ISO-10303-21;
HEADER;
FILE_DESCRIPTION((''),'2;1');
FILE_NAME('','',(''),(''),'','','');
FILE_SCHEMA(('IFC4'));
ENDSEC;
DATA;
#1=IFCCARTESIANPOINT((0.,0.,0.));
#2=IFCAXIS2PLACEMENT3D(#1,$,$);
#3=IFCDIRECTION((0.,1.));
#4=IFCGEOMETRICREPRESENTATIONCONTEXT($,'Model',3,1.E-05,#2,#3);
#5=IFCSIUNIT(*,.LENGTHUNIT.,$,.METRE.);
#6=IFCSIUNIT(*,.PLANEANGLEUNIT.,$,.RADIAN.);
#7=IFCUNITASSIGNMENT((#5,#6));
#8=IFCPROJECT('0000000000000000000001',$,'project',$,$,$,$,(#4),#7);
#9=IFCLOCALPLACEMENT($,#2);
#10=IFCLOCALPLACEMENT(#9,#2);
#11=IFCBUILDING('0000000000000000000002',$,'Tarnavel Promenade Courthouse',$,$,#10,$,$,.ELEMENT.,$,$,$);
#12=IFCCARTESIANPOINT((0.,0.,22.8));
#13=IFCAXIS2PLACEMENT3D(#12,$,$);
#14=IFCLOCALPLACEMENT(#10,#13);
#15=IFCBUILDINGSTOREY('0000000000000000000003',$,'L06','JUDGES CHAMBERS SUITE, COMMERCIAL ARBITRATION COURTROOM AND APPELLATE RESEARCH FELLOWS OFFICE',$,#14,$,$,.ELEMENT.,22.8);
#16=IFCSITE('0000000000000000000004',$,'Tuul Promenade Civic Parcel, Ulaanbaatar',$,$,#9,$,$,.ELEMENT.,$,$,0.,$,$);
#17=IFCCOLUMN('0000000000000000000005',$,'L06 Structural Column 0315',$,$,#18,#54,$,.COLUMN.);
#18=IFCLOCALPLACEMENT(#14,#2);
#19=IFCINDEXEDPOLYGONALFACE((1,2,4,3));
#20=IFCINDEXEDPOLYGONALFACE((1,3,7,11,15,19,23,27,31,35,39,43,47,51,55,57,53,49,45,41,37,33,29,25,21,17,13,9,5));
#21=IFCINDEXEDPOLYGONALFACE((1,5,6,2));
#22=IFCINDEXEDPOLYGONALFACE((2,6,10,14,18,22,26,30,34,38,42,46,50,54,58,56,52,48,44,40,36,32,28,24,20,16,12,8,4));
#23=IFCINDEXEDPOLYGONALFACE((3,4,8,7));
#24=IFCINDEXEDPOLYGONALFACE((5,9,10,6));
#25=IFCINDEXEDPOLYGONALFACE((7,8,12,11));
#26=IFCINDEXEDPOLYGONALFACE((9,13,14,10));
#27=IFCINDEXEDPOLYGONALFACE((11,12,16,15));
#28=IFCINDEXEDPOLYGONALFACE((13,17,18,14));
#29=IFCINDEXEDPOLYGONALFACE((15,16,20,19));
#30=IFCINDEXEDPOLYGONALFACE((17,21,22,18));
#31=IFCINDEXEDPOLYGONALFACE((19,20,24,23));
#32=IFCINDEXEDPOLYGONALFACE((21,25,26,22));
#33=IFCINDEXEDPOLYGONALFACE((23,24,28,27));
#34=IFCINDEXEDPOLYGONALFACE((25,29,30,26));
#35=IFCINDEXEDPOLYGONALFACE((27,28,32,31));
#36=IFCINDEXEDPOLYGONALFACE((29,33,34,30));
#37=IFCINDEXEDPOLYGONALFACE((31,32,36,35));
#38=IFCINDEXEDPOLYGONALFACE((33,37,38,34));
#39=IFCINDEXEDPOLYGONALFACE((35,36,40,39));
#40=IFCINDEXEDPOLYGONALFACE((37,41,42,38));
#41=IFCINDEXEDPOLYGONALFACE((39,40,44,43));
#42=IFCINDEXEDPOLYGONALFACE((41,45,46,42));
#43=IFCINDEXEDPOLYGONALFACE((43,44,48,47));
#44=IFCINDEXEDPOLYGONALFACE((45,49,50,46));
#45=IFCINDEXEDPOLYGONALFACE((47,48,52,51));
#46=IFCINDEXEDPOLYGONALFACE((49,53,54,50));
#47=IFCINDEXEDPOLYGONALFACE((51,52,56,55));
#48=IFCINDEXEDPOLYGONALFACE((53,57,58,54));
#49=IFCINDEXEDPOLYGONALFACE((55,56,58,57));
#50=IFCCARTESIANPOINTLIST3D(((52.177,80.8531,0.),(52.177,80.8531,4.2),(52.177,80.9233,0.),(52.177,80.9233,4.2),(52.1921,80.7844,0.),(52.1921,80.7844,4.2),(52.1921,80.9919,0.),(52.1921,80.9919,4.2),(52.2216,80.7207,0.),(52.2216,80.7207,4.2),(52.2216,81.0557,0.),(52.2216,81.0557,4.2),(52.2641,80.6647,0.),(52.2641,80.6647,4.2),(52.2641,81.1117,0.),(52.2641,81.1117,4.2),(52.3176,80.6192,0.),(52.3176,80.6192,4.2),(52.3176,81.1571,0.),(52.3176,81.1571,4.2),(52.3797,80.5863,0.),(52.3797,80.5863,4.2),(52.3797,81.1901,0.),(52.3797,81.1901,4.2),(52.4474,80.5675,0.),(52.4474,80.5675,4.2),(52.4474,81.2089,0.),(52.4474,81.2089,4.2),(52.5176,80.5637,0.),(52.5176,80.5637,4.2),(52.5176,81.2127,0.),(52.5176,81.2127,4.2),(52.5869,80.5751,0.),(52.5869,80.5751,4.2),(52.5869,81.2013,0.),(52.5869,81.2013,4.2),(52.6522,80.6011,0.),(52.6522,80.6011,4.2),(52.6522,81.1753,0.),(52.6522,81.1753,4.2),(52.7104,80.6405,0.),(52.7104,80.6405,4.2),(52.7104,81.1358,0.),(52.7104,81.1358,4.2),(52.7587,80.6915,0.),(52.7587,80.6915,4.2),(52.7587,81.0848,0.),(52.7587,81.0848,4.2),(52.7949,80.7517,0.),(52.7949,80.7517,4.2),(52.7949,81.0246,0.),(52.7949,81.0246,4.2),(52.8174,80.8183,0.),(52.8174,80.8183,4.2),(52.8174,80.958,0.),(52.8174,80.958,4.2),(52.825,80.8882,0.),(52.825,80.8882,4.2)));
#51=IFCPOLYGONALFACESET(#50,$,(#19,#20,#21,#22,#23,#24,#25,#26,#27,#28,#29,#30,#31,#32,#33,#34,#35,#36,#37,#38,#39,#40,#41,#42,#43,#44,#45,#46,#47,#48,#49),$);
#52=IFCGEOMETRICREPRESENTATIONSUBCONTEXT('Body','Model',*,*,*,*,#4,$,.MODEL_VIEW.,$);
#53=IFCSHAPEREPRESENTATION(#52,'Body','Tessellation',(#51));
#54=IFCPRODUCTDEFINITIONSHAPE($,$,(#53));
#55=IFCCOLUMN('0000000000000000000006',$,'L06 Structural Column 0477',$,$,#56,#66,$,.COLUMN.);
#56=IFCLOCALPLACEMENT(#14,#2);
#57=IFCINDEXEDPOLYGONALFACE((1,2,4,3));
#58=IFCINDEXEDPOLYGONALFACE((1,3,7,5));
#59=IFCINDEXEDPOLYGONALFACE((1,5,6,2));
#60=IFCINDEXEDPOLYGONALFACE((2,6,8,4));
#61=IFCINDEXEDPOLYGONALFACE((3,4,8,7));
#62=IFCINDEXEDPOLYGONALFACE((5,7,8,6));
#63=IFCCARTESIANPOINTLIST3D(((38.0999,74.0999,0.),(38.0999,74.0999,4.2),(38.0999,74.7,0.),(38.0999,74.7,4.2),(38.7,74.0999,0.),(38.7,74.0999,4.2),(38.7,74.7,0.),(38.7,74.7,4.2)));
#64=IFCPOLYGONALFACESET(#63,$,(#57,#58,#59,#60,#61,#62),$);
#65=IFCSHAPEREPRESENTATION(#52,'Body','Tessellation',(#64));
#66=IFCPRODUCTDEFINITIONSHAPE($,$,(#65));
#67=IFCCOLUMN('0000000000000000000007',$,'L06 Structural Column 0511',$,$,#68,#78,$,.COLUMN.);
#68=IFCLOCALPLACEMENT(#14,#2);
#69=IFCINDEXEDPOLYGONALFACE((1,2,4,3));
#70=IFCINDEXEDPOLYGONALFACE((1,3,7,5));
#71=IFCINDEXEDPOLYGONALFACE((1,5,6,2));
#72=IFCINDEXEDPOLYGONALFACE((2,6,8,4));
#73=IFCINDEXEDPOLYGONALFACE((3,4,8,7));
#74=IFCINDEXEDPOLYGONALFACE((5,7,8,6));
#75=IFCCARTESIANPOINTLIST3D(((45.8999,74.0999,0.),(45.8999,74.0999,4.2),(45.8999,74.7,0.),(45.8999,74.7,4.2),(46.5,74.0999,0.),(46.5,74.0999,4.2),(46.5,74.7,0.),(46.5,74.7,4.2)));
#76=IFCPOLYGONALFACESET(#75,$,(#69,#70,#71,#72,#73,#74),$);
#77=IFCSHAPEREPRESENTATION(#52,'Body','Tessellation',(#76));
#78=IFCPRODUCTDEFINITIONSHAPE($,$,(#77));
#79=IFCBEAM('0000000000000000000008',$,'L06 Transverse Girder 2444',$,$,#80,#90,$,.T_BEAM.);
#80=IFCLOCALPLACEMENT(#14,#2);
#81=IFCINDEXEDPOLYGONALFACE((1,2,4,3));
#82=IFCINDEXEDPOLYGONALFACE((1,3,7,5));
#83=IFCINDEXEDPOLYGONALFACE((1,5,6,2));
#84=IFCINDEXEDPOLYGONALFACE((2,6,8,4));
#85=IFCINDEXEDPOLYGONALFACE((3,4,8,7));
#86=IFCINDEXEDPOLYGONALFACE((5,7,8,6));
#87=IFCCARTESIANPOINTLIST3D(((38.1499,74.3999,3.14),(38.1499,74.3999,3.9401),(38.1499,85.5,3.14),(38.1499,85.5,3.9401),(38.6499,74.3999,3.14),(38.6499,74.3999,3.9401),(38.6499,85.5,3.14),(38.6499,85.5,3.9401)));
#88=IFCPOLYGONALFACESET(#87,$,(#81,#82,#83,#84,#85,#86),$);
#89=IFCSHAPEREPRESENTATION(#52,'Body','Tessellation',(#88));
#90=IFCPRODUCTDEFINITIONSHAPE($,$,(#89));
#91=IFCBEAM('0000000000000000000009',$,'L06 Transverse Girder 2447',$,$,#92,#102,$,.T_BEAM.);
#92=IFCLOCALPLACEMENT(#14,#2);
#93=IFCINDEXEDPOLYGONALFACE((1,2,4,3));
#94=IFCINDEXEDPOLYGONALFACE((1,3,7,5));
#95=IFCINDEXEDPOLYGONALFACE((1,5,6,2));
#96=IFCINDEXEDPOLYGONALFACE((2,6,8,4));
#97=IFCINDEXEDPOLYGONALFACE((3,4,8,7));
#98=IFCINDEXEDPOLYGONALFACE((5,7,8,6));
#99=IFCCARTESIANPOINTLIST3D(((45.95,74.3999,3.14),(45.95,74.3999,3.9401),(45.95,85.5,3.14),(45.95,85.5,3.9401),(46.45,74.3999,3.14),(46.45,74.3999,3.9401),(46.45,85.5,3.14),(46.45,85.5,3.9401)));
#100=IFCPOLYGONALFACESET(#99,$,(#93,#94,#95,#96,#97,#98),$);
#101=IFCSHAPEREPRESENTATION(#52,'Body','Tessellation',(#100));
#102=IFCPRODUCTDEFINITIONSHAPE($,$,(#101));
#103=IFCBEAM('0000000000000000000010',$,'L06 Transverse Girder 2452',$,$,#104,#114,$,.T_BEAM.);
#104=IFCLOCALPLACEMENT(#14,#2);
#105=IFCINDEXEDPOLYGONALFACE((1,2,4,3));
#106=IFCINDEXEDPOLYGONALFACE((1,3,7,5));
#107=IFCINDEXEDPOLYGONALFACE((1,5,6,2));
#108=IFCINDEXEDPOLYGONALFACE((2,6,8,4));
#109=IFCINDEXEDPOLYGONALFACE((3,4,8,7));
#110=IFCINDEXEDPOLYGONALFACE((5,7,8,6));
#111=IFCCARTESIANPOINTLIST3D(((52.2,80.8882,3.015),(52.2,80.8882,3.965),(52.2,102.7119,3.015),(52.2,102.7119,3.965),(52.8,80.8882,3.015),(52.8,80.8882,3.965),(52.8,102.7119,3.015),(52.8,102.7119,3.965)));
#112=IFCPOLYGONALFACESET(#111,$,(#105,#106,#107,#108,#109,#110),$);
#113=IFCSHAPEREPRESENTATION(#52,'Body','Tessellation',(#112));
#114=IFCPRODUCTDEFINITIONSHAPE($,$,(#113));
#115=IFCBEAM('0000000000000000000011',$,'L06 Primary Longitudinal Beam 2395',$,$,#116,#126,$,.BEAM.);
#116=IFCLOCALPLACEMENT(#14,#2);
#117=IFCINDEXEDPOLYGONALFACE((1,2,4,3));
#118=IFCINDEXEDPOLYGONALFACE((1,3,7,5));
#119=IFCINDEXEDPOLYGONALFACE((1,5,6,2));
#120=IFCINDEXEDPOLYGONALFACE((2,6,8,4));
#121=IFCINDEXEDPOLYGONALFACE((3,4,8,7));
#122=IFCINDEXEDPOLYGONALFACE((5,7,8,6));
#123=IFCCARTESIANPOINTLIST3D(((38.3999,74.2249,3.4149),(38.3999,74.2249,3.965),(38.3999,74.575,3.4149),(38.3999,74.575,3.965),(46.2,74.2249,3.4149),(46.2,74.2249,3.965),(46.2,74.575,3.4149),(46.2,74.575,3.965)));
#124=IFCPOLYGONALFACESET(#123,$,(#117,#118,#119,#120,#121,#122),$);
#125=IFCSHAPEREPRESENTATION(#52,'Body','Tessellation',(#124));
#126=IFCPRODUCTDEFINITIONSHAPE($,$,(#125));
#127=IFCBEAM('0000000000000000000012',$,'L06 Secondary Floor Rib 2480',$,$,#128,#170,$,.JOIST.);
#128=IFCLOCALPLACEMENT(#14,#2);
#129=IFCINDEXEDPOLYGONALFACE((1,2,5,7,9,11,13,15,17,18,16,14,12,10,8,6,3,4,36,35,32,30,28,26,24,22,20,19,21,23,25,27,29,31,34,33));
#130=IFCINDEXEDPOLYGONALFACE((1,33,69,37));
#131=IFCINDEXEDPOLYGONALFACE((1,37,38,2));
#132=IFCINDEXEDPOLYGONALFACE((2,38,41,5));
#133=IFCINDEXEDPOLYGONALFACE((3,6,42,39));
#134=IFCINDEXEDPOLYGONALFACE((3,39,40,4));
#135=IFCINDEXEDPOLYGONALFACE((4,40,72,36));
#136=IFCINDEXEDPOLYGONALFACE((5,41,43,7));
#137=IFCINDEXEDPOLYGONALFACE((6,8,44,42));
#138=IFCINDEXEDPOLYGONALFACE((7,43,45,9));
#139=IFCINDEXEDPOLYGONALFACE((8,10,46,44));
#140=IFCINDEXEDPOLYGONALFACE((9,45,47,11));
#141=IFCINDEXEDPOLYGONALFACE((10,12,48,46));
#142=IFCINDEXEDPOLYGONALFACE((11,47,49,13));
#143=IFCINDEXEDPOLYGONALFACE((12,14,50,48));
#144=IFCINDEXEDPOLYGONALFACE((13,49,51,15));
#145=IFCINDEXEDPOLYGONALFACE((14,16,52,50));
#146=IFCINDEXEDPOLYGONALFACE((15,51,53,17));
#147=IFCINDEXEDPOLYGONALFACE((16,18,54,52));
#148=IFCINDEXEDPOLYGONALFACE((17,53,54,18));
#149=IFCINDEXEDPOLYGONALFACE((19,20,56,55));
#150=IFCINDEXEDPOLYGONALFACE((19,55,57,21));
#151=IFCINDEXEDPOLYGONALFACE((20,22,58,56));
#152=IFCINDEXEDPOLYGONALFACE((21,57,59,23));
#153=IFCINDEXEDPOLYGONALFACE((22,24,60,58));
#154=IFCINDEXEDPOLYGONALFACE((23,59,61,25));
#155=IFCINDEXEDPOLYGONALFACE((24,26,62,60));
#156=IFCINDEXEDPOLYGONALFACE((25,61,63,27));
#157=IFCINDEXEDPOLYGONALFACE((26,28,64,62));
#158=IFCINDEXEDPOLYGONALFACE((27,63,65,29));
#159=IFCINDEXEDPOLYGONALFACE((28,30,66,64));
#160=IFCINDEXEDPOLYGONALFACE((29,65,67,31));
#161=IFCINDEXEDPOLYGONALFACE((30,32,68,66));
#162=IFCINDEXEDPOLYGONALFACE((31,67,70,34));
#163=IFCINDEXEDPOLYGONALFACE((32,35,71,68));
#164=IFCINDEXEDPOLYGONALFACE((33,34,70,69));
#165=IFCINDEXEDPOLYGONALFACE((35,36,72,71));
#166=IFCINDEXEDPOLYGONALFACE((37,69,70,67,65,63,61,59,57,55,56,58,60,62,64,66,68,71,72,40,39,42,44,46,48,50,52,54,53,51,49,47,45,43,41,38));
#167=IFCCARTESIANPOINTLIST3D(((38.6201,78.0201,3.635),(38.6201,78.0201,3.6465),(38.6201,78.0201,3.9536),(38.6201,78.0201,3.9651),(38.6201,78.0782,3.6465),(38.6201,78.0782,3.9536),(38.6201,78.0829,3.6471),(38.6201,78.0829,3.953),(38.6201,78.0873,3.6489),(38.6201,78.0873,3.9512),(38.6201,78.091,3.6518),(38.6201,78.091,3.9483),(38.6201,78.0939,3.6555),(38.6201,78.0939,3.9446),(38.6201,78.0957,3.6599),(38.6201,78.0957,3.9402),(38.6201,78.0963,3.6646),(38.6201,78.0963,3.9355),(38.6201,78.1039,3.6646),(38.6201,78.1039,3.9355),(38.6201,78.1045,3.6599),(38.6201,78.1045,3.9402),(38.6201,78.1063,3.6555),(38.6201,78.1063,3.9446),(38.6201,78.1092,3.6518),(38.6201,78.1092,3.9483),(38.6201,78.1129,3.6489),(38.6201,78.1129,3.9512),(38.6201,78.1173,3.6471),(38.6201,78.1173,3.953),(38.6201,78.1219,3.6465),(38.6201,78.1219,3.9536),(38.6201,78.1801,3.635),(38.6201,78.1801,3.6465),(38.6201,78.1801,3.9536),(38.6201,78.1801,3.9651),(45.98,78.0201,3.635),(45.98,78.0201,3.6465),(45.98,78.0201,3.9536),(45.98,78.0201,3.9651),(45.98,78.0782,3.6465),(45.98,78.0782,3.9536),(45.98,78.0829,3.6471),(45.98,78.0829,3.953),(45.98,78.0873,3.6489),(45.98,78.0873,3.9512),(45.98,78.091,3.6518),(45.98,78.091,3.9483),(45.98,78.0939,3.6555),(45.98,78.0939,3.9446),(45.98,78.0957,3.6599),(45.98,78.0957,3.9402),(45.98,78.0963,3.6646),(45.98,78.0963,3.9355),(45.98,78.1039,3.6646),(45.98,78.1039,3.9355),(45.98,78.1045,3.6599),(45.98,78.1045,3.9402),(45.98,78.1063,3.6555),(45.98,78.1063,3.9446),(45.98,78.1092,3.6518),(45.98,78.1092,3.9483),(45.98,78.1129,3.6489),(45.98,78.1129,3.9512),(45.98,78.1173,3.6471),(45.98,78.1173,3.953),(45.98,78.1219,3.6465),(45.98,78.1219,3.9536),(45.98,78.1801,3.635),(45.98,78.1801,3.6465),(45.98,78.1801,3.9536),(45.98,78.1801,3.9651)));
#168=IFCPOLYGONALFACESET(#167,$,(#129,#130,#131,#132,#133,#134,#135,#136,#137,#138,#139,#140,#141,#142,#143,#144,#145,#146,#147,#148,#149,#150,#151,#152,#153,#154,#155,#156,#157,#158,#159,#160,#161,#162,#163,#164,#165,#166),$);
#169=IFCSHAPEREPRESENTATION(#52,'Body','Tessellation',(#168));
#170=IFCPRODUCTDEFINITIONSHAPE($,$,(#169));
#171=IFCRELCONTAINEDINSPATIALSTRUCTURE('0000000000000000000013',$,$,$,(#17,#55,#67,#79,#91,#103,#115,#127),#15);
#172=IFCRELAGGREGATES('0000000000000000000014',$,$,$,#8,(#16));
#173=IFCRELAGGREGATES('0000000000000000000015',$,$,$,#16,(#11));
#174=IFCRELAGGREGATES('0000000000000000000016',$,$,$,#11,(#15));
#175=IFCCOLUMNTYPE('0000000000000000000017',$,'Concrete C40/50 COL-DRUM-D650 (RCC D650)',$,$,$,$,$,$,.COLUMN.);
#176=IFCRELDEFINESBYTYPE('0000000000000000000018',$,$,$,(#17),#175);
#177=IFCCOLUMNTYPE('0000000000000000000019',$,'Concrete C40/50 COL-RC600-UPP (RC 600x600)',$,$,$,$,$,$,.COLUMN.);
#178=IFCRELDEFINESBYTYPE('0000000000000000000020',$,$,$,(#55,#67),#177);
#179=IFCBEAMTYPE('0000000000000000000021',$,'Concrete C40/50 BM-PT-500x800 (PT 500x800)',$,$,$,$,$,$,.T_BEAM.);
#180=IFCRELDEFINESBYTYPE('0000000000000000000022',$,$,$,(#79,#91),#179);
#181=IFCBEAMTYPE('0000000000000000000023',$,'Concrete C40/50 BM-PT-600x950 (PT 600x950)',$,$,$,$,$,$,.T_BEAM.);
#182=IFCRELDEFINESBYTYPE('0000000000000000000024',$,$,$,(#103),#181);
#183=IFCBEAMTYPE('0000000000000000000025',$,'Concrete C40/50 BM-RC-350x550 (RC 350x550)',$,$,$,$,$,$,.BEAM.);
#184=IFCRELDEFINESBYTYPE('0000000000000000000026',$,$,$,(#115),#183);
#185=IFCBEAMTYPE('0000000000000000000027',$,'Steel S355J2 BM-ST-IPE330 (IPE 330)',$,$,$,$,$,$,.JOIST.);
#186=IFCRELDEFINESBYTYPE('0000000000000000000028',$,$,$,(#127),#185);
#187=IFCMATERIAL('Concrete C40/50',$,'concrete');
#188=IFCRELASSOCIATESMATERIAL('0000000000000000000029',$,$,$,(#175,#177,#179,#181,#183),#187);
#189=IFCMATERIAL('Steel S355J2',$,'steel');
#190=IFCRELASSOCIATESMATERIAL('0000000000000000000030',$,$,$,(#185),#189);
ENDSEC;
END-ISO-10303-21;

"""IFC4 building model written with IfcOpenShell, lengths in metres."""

from ifc_helpers import new_model, si_unit, direction, frame, origin, origin_2d, place, context, subcontext, project, spatial, rectangle, circle, i_section, extrude, material, material_profile, profile_set, type_object, element, save


model = new_model("IFC4")

# Units and contexts
model_context = context("Model", 3, precision=1e-05, world=origin(), true_north=direction((0.0, 1.0)))
body_context = subcontext(model_context, "Body", "Model", "MODEL_VIEW")
ifc_project = project(units=[si_unit("LENGTHUNIT", "METRE"), si_unit("PLANEANGLEUNIT", "RADIAN")], contexts=[model_context])

# Site, building, storey
site_placement = place(None, origin())
site = spatial("IfcSite", under=ifc_project, at=site_placement, Name="Tuul Promenade Civic Parcel, Ulaanbaatar", CompositionType="ELEMENT", RefElevation=0.0)
building_placement = place(site_placement, origin())
building = spatial("IfcBuilding", under=site, at=building_placement, Name="Tarnavel Promenade Courthouse", CompositionType="ELEMENT")
storey_placement = place(building_placement, frame((0.0, 0.0, 22.8)))
storey = spatial("IfcBuildingStorey", under=building, at=storey_placement, Name="L06", Description="JUDGES CHAMBERS SUITE, COMMERCIAL ARBITRATION COURTROOM AND APPELLATE RESEARCH FELLOWS OFFICE", CompositionType="ELEMENT", Elevation=22.8)

# Columns
ifc_material_1 = material(Name="Concrete C40/50", Category="concrete")
ifc_material_profile_1 = material_profile(ifc_material_1, circle(Radius=0.325, at=origin_2d()), Name="RCC D650")
ifc_profile_set_1 = profile_set([ifc_material_profile_1], Name="Concrete C40/50")
column_type_1 = type_object("IfcColumnType", Name="Concrete C40/50 COL-DRUM-D650 (RCC D650)", PredefinedType="COLUMN", material=ifc_profile_set_1)
column_placement = place(storey_placement, frame((52.5, 80.8882, 0.0), z_axis=(0.0, 0.0, 1.0), x_axis=(1.0, 0.0, 0.0)))
element("IfcColumn", 1, at=column_placement, inside=storey, type_object=column_type_1, Name="L06 Structural Column 0315", PredefinedType="COLUMN", context=body_context, shape_type="SweptSolid", body=[
    extrude(circle(Radius=0.325, at=origin_2d()), origin(), (0.0, 0.0, 1.0), 4.2),
])
ifc_material_profile_2 = material_profile(ifc_material_1, rectangle(XDim=0.6001, YDim=0.6001, at=origin_2d()), Name="RC 600x600")
ifc_profile_set_2 = profile_set([ifc_material_profile_2], Name="Concrete C40/50")
column_type_2 = type_object("IfcColumnType", Name="Concrete C40/50 COL-RC600-UPP (RC 600x600)", PredefinedType="COLUMN", material=ifc_profile_set_2)
for number, where, z_axis, x_axis, name in (
    (2, (38.3999, 74.3999, 0.0), (0.0, 0.0, 1.0), (1.0, 0.0, 0.0), "L06 Structural Column 0477"),
    (3, (46.2, 74.3999, 0.0), (0.0, 0.0, 1.0), (1.0, 0.0, 0.0), "L06 Structural Column 0511"),
):
    element("IfcColumn", number, at=place(storey_placement, frame(where, z_axis=z_axis, x_axis=x_axis)), inside=storey, type_object=column_type_2, Name=name, PredefinedType="COLUMN", context=body_context, shape_type="SweptSolid", body=[
        extrude(rectangle(XDim=0.6001, YDim=0.6001, at=origin_2d()), origin(), (0.0, 0.0, 1.0), 4.2),
    ])

# Beams
ifc_material_profile_3 = material_profile(ifc_material_1, rectangle(XDim=0.5, YDim=0.8, at=origin_2d()), Name="PT 500x800")
ifc_profile_set_3 = profile_set([ifc_material_profile_3], Name="Concrete C40/50")
beam_type_1 = type_object("IfcBeamType", Name="Concrete C40/50 BM-PT-500x800 (PT 500x800)", PredefinedType="T_BEAM", material=ifc_profile_set_3)
for number, where, z_axis, x_axis, name in (
    (4, (38.3999, 74.3999, 3.54), (0.0, 1.0, 0.0), (-1.0, 0.0, 0.0), "L06 Transverse Girder 2444"),
    (5, (46.2, 74.3999, 3.54), (0.0, 1.0, 0.0), (-1.0, 0.0, 0.0), "L06 Transverse Girder 2447"),
):
    element("IfcBeam", number, at=place(storey_placement, frame(where, z_axis=z_axis, x_axis=x_axis)), inside=storey, type_object=beam_type_1, Name=name, PredefinedType="T_BEAM", context=body_context, shape_type="SweptSolid", body=[
        extrude(rectangle(XDim=0.5, YDim=0.8, at=origin_2d()), origin(), (0.0, 0.0, 1.0), 11.1001),
    ])
ifc_material_profile_4 = material_profile(ifc_material_1, rectangle(XDim=0.6001, YDim=0.95, at=origin_2d()), Name="PT 600x950")
ifc_profile_set_4 = profile_set([ifc_material_profile_4], Name="Concrete C40/50")
beam_type_2 = type_object("IfcBeamType", Name="Concrete C40/50 BM-PT-600x950 (PT 600x950)", PredefinedType="T_BEAM", material=ifc_profile_set_4)
beam_1_placement = place(storey_placement, frame((52.5, 80.8882, 3.49), z_axis=(0.0, 1.0, 0.0), x_axis=(-1.0, 0.0, 0.0)))
element("IfcBeam", 6, at=beam_1_placement, inside=storey, type_object=beam_type_2, Name="L06 Transverse Girder 2452", PredefinedType="T_BEAM", context=body_context, shape_type="SweptSolid", body=[
    extrude(rectangle(XDim=0.6001, YDim=0.95, at=origin_2d()), origin(), (0.0, 0.0, 1.0), 21.8237),
])
ifc_material_profile_5 = material_profile(ifc_material_1, rectangle(XDim=0.3501, YDim=0.55, at=origin_2d()), Name="RC 350x550")
ifc_profile_set_5 = profile_set([ifc_material_profile_5], Name="Concrete C40/50")
beam_type_3 = type_object("IfcBeamType", Name="Concrete C40/50 BM-RC-350x550 (RC 350x550)", PredefinedType="BEAM", material=ifc_profile_set_5)
beam_2_placement = place(storey_placement, frame((38.3999, 74.3999, 3.6899), z_axis=(1.0, 0.0, 0.0), x_axis=(0.0, 1.0, 0.0)))
element("IfcBeam", 7, at=beam_2_placement, inside=storey, type_object=beam_type_3, Name="L06 Primary Longitudinal Beam 2395", PredefinedType="BEAM", context=body_context, shape_type="SweptSolid", body=[
    extrude(rectangle(XDim=0.3501, YDim=0.55, at=origin_2d()), origin(), (0.0, 0.0, 1.0), 7.8),
])
ifc_material_2 = material(Name="Steel S355J2", Category="steel")
ifc_material_profile_6 = material_profile(ifc_material_2, i_section(OverallWidth=0.1599, OverallDepth=0.3301, WebThickness=0.0076, FlangeThickness=0.0115, FilletRadius=0.0181, at=origin_2d()), Name="IPE 330")
ifc_profile_set_6 = profile_set([ifc_material_profile_6], Name="Steel S355J2")
beam_type_4 = type_object("IfcBeamType", Name="Steel S355J2 BM-ST-IPE330 (IPE 330)", PredefinedType="JOIST", material=ifc_profile_set_6)
beam_3_placement = place(storey_placement, frame((38.6201, 78.1001, 3.8), z_axis=(1.0, 0.0, 0.0), x_axis=(0.0, 1.0, 0.0)))
element("IfcBeam", 8, at=beam_3_placement, inside=storey, type_object=beam_type_4, Name="L06 Secondary Floor Rib 2480", PredefinedType="JOIST", context=body_context, shape_type="SweptSolid", body=[
    extrude(i_section(OverallWidth=0.1599, OverallDepth=0.3301, WebThickness=0.0076, FlangeThickness=0.0115, FilletRadius=0.0181, at=origin_2d()), origin(), (0.0, 0.0, 1.0), 7.3599),
])

save(model, "model.ifc")
